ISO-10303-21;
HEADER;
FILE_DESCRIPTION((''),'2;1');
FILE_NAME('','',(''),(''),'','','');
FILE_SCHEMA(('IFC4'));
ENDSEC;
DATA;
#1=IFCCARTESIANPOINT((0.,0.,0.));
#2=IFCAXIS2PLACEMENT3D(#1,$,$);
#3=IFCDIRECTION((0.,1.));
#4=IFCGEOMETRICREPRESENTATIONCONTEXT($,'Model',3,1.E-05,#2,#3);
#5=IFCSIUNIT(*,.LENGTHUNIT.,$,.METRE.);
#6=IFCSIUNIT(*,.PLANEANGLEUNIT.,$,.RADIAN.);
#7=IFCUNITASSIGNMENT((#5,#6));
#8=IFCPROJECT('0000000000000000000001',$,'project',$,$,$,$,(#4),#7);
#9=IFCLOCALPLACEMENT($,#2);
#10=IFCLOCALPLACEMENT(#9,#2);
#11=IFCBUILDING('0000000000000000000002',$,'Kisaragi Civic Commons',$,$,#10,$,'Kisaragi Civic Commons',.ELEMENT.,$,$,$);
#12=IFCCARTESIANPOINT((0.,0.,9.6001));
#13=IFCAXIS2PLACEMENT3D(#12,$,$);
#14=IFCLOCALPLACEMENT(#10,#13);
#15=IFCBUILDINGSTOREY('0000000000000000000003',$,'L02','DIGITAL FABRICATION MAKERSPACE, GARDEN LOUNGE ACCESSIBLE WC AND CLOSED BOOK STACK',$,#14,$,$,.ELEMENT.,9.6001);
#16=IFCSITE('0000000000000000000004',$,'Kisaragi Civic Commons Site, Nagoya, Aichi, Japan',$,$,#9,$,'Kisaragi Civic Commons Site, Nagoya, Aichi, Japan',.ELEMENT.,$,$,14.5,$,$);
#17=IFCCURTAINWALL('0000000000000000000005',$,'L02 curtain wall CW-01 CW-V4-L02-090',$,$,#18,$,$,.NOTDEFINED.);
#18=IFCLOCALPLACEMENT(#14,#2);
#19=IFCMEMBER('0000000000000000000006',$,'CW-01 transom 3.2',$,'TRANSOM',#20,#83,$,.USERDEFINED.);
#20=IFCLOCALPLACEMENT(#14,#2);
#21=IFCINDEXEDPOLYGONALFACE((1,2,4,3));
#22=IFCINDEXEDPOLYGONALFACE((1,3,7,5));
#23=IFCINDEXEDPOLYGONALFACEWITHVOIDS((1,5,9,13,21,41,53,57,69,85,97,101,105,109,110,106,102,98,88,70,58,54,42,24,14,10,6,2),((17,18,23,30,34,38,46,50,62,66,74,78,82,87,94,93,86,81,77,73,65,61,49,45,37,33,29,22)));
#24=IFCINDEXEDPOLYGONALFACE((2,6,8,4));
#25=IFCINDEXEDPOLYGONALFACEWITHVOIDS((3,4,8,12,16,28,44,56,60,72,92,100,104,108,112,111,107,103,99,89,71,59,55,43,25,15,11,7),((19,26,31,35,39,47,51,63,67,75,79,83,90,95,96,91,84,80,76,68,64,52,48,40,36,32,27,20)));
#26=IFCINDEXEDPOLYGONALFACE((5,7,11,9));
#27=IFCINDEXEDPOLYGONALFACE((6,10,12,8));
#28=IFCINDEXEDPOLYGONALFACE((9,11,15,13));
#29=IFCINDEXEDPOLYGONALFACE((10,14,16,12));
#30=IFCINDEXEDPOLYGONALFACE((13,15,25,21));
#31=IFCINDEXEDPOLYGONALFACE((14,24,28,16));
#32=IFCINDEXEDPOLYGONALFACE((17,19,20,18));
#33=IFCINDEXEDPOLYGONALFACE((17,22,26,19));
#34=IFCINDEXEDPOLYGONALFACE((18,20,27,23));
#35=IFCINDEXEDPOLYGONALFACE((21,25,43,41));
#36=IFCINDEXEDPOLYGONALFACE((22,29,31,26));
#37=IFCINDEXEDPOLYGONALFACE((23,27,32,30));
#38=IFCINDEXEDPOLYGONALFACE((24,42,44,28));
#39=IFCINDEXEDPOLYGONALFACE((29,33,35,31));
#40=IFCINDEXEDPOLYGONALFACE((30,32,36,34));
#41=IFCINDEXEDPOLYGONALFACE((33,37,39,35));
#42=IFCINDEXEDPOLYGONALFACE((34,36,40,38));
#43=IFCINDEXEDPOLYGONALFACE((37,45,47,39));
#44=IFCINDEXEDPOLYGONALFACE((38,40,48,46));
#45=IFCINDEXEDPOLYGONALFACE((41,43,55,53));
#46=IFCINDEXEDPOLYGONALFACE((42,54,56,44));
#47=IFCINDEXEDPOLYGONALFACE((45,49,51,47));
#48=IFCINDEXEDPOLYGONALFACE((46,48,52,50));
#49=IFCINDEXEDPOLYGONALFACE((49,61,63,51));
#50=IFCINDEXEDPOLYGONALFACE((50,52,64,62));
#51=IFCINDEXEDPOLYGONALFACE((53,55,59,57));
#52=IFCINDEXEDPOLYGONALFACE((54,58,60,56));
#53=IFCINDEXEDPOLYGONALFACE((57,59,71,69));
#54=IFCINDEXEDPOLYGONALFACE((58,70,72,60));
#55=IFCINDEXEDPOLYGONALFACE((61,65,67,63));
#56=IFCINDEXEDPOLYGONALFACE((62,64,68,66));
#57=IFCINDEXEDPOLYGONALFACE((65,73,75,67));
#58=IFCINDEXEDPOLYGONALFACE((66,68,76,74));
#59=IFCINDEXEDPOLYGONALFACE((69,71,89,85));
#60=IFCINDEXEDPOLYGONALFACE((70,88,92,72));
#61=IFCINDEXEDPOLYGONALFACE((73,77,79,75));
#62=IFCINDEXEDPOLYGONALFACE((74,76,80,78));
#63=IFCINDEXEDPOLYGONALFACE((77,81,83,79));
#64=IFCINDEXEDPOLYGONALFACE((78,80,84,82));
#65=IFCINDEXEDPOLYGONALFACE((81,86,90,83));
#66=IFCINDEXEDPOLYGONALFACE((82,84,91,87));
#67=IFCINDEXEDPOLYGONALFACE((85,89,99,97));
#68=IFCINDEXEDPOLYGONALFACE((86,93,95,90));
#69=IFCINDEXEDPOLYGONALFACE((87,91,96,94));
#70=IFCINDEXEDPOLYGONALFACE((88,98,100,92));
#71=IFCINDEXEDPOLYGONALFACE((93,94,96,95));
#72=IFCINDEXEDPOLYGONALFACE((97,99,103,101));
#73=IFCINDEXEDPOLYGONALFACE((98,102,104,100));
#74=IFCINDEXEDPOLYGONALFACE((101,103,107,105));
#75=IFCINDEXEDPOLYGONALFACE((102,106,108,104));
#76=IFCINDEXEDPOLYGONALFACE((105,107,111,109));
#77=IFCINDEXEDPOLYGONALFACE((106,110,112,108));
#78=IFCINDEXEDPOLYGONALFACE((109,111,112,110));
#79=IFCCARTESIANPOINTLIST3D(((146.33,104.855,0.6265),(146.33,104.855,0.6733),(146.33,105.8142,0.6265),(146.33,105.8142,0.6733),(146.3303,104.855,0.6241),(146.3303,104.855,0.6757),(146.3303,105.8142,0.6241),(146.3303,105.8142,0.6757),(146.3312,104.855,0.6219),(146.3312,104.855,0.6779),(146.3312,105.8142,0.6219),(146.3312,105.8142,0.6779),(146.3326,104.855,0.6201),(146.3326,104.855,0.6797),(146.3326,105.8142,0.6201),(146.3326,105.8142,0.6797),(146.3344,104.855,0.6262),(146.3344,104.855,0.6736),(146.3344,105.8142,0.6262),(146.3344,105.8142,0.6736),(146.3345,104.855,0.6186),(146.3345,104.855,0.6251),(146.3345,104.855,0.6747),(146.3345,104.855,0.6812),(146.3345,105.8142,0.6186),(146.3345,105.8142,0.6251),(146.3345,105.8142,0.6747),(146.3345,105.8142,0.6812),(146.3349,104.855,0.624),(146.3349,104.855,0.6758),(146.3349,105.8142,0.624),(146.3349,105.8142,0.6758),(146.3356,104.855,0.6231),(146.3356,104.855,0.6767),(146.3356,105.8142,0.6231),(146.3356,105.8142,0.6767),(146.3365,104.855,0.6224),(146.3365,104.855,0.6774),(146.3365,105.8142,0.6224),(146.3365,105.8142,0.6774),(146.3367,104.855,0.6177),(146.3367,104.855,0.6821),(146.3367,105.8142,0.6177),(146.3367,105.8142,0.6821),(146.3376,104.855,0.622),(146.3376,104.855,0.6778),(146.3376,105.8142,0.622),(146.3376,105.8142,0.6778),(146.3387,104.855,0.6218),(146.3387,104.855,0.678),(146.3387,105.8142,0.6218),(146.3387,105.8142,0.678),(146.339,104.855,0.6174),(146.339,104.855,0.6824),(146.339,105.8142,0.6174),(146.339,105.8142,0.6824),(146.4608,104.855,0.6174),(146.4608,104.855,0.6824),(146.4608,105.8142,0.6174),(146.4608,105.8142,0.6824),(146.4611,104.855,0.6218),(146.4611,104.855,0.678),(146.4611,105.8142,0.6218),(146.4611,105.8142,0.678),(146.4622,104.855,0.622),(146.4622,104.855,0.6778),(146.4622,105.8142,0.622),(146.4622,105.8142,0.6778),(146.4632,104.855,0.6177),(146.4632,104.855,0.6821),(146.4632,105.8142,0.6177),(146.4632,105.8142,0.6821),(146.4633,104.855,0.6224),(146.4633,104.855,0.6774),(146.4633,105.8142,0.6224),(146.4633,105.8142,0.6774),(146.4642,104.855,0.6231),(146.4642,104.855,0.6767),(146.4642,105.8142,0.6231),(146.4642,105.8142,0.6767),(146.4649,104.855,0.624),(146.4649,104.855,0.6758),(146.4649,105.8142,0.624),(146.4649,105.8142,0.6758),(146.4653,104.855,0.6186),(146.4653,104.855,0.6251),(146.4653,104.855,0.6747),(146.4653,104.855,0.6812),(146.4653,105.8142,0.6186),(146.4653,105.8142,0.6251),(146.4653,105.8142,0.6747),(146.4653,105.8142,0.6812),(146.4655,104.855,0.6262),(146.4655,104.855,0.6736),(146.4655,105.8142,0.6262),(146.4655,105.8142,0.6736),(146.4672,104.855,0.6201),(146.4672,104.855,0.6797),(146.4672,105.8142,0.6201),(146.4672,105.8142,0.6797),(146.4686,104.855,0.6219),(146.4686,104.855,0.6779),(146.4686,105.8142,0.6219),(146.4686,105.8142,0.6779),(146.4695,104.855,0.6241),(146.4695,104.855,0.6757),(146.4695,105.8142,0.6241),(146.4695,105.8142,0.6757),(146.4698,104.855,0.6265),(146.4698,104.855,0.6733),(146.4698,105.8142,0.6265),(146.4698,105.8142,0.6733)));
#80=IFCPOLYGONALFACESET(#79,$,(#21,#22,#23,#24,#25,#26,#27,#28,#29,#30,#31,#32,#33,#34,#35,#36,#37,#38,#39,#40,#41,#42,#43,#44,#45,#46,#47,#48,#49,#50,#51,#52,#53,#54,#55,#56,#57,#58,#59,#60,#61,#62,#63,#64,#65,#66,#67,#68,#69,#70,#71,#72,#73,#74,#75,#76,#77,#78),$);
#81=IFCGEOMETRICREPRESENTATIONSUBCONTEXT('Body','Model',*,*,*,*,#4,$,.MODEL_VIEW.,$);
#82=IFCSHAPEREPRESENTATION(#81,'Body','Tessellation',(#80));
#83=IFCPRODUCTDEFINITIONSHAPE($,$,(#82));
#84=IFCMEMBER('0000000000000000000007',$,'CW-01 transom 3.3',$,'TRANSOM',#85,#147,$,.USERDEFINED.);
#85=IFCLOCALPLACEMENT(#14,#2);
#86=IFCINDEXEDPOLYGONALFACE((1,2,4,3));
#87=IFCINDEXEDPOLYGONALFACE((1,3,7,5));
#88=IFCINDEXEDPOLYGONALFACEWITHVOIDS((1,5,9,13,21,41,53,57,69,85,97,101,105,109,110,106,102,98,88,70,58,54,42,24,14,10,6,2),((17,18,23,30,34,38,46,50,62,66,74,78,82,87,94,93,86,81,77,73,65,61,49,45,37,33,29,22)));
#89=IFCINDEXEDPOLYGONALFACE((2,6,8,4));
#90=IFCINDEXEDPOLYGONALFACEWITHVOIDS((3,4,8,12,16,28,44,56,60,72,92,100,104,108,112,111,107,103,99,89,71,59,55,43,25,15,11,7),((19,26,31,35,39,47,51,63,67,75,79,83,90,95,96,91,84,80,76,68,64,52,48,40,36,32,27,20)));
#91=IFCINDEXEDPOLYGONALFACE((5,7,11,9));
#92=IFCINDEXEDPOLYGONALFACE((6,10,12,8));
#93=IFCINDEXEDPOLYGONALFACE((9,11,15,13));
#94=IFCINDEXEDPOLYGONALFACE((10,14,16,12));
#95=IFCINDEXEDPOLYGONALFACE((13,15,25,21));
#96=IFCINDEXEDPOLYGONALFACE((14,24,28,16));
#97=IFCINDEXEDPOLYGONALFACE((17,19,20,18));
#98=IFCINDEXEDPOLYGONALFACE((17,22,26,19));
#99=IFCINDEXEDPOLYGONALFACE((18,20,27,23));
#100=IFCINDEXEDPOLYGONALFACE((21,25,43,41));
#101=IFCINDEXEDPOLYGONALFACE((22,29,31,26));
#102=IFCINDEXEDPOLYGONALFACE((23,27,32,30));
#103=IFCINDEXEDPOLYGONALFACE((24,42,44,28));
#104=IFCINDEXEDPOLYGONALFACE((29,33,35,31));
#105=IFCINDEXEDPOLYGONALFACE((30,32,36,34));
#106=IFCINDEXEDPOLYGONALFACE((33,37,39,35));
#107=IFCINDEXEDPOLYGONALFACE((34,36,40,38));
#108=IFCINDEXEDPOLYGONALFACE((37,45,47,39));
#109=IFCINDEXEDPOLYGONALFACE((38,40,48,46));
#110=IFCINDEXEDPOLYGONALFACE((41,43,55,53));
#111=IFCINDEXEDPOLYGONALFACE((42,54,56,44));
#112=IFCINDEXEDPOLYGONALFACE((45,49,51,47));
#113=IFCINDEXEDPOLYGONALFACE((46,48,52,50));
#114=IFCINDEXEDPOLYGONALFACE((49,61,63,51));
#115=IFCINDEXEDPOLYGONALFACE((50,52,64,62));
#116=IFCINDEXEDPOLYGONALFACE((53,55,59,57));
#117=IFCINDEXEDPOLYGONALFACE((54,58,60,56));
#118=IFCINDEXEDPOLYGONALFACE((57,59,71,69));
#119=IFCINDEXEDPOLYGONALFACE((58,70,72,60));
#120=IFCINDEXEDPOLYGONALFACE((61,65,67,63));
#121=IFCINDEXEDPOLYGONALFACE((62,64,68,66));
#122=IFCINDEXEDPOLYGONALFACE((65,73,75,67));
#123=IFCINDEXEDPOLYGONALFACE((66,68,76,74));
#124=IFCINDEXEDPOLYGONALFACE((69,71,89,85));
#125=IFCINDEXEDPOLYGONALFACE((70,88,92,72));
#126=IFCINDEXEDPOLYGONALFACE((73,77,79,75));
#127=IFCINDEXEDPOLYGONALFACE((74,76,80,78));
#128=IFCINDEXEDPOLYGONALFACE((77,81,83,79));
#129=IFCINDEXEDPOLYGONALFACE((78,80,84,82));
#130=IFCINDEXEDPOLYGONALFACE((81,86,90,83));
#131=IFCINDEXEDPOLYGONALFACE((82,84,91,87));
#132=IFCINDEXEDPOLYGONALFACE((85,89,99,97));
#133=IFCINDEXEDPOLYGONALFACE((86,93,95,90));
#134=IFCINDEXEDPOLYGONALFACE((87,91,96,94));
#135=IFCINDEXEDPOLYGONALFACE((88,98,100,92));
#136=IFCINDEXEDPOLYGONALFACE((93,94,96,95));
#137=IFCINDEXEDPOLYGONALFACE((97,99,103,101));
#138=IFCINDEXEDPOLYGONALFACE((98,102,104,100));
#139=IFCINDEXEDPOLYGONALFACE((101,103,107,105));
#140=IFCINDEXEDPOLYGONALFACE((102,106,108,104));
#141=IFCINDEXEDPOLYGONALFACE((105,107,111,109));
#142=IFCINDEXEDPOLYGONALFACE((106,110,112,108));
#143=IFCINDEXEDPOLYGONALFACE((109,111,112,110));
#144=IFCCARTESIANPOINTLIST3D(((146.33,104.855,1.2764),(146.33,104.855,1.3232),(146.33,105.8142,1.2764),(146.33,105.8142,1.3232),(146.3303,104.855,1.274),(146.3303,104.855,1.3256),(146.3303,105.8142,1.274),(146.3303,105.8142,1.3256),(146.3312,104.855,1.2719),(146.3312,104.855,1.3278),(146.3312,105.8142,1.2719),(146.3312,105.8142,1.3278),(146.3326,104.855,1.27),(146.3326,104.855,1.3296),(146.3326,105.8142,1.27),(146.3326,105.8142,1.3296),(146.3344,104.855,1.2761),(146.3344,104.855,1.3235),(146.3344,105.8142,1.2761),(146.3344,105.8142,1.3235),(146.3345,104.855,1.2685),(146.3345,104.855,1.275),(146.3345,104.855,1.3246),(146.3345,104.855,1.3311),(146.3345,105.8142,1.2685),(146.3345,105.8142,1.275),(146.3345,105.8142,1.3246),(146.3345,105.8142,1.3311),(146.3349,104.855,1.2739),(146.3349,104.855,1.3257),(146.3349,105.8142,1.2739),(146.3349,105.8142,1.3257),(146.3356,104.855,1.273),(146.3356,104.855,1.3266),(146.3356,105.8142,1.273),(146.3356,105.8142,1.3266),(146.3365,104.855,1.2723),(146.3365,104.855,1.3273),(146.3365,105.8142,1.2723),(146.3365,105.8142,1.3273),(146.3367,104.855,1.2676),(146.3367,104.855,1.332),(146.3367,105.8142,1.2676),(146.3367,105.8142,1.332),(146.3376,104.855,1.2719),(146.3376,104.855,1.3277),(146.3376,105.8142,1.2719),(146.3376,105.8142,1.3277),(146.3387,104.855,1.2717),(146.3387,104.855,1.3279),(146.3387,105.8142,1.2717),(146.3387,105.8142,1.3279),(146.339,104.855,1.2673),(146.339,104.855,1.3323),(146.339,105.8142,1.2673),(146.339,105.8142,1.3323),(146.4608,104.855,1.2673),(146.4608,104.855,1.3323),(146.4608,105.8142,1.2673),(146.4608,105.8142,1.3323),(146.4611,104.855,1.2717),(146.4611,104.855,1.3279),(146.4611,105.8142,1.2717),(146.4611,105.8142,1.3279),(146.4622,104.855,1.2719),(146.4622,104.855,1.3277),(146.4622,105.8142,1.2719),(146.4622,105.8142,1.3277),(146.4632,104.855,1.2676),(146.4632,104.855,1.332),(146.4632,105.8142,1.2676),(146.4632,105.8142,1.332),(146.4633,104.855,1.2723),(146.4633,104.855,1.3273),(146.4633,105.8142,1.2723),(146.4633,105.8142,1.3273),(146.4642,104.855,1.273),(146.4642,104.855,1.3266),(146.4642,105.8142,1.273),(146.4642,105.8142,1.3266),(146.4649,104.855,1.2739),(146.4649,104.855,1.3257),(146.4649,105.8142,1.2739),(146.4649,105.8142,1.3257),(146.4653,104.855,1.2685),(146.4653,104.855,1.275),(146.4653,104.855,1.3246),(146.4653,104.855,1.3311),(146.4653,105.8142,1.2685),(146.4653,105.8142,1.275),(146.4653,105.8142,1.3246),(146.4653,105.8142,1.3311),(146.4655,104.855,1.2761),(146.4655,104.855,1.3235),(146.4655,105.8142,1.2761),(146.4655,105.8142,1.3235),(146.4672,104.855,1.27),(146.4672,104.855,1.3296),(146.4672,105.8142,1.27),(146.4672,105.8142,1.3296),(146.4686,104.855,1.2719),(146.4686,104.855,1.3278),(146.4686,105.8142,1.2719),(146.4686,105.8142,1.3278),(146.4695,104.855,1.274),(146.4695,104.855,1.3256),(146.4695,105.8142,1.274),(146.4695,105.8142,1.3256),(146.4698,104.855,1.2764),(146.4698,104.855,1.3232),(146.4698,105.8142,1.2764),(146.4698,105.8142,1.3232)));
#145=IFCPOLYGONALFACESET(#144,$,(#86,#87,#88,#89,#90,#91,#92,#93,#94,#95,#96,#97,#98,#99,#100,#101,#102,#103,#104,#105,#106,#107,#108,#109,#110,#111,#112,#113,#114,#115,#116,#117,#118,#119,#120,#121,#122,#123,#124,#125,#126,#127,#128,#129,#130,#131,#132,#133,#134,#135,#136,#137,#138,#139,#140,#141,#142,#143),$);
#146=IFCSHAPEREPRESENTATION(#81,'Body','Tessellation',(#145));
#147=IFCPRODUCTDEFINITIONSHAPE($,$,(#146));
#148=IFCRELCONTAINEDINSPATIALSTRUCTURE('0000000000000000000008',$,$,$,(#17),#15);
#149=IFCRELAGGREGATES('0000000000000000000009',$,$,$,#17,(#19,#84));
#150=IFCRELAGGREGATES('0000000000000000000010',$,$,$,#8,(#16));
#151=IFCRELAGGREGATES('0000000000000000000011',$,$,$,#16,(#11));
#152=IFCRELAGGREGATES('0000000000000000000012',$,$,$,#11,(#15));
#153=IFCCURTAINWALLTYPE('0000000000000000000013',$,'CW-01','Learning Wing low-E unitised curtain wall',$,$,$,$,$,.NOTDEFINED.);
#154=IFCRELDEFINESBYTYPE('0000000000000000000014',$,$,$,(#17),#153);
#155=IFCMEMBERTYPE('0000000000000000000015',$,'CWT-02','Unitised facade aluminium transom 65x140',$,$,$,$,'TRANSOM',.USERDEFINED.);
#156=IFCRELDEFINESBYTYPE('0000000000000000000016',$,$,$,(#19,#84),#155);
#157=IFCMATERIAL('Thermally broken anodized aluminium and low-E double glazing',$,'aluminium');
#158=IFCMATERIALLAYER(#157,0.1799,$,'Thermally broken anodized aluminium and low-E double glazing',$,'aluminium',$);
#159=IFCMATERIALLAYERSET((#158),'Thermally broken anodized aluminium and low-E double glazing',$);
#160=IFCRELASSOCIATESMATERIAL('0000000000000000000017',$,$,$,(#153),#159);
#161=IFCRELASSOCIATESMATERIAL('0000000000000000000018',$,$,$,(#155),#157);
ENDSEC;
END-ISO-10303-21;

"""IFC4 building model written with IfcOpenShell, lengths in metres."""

from ifc_helpers import new_model, si_unit, direction, frame, origin, origin_2d, place, context, subcontext, project, spatial, hollow_rectangle, extrude, material, layer, layer_set, material_profile, profile_set, type_object, element, aggregate, save


model = new_model("IFC4")

# Units and contexts
model_context = context("Model", 3, precision=1e-05, world=origin(), true_north=direction((0.0, 1.0)))
body_context = subcontext(model_context, "Body", "Model", "MODEL_VIEW")
ifc_project = project(units=[si_unit("LENGTHUNIT", "METRE"), si_unit("PLANEANGLEUNIT", "RADIAN")], contexts=[model_context])

# Site, building, storey
site_placement = place(None, origin())
site = spatial("IfcSite", under=ifc_project, at=site_placement, Name="Kisaragi Civic Commons Site, Nagoya, Aichi, Japan", LongName="Kisaragi Civic Commons Site, Nagoya, Aichi, Japan", CompositionType="ELEMENT", RefElevation=14.5)
building_placement = place(site_placement, origin())
building = spatial("IfcBuilding", under=site, at=building_placement, Name="Kisaragi Civic Commons", LongName="Kisaragi Civic Commons", CompositionType="ELEMENT")
storey_placement = place(building_placement, frame((0.0, 0.0, 9.6001)))
storey = spatial("IfcBuildingStorey", under=building, at=storey_placement, Name="L02", Description="DIGITAL FABRICATION MAKERSPACE, GARDEN LOUNGE ACCESSIBLE WC AND CLOSED BOOK STACK", CompositionType="ELEMENT", Elevation=9.6001)

# Shared definitions
ifc_material_1 = material(Name="Thermally broken anodized aluminium and low-E double glazing", Category="aluminium")
ifc_layer_1 = layer(ifc_material_1, 0.1799, Name="Thermally broken anodized aluminium and low-E double glazing", Category="aluminium")
ifc_layer_set_1 = layer_set([ifc_layer_1], Name="Thermally broken anodized aluminium and low-E double glazing")
curtain_wall_type = type_object("IfcCurtainWallType", Name="CW-01", Description="Learning Wing low-E unitised curtain wall", PredefinedType="NOTDEFINED", material=ifc_layer_set_1)

# Curtain wall, members
curtain_wall_1_placement = place(storey_placement, origin())
curtain_wall_1 = element("IfcCurtainWall", 1, at=curtain_wall_1_placement, inside=storey, type_object=curtain_wall_type, Name="L02 curtain wall CW-01 CW-V4-L02-090", PredefinedType="NOTDEFINED")
ifc_material_profile_1 = material_profile(ifc_material_1, hollow_rectangle(XDim=0.1399, YDim=0.0649, WallThickness=0.0044, InnerFilletRadius=0.0044, OuterFilletRadius=0.009, at=origin_2d()), Name="CWT-65x140x4.5", Category="aluminium")
ifc_profile_set_1 = profile_set([ifc_material_profile_1], Name="Thermally broken anodized aluminium and low-E double glazing")
member_type_1 = type_object("IfcMemberType", Name="CWT-02", Description="Unitised facade aluminium transom 65x140", ElementType="TRANSOM", PredefinedType="USERDEFINED", material=ifc_profile_set_1)
member_1_placement = place(storey_placement, frame((146.3999, 105.8142, 0.6499), z_axis=(0.0, -1.0, 0.0), x_axis=(1.0, 0.0, 0.0)))
member_1 = element("IfcMember", 2, at=member_1_placement, type_object=member_type_1, Name="CW-01 transom 3.2", ObjectType="TRANSOM", PredefinedType="USERDEFINED", context=body_context, shape_type="SweptSolid", body=[
    extrude(hollow_rectangle(XDim=0.1399, YDim=0.0649, WallThickness=0.0044, InnerFilletRadius=0.0044, OuterFilletRadius=0.009, at=origin_2d()), origin(), (0.0, 0.0, 1.0), 0.9592),
])
member_2_placement = place(storey_placement, frame((146.3999, 105.8142, 1.2998), z_axis=(0.0, -1.0, 0.0), x_axis=(1.0, 0.0, 0.0)))
member_2 = element("IfcMember", 3, at=member_2_placement, type_object=member_type_1, Name="CW-01 transom 3.3", ObjectType="TRANSOM", PredefinedType="USERDEFINED", context=body_context, shape_type="SweptSolid", body=[
    extrude(hollow_rectangle(XDim=0.1399, YDim=0.0649, WallThickness=0.0044, InnerFilletRadius=0.0044, OuterFilletRadius=0.009, at=origin_2d()), origin(), (0.0, 0.0, 1.0), 0.9592),
])

aggregate(curtain_wall_1, [member_1, member_2])

save(model, "model.ifc")
